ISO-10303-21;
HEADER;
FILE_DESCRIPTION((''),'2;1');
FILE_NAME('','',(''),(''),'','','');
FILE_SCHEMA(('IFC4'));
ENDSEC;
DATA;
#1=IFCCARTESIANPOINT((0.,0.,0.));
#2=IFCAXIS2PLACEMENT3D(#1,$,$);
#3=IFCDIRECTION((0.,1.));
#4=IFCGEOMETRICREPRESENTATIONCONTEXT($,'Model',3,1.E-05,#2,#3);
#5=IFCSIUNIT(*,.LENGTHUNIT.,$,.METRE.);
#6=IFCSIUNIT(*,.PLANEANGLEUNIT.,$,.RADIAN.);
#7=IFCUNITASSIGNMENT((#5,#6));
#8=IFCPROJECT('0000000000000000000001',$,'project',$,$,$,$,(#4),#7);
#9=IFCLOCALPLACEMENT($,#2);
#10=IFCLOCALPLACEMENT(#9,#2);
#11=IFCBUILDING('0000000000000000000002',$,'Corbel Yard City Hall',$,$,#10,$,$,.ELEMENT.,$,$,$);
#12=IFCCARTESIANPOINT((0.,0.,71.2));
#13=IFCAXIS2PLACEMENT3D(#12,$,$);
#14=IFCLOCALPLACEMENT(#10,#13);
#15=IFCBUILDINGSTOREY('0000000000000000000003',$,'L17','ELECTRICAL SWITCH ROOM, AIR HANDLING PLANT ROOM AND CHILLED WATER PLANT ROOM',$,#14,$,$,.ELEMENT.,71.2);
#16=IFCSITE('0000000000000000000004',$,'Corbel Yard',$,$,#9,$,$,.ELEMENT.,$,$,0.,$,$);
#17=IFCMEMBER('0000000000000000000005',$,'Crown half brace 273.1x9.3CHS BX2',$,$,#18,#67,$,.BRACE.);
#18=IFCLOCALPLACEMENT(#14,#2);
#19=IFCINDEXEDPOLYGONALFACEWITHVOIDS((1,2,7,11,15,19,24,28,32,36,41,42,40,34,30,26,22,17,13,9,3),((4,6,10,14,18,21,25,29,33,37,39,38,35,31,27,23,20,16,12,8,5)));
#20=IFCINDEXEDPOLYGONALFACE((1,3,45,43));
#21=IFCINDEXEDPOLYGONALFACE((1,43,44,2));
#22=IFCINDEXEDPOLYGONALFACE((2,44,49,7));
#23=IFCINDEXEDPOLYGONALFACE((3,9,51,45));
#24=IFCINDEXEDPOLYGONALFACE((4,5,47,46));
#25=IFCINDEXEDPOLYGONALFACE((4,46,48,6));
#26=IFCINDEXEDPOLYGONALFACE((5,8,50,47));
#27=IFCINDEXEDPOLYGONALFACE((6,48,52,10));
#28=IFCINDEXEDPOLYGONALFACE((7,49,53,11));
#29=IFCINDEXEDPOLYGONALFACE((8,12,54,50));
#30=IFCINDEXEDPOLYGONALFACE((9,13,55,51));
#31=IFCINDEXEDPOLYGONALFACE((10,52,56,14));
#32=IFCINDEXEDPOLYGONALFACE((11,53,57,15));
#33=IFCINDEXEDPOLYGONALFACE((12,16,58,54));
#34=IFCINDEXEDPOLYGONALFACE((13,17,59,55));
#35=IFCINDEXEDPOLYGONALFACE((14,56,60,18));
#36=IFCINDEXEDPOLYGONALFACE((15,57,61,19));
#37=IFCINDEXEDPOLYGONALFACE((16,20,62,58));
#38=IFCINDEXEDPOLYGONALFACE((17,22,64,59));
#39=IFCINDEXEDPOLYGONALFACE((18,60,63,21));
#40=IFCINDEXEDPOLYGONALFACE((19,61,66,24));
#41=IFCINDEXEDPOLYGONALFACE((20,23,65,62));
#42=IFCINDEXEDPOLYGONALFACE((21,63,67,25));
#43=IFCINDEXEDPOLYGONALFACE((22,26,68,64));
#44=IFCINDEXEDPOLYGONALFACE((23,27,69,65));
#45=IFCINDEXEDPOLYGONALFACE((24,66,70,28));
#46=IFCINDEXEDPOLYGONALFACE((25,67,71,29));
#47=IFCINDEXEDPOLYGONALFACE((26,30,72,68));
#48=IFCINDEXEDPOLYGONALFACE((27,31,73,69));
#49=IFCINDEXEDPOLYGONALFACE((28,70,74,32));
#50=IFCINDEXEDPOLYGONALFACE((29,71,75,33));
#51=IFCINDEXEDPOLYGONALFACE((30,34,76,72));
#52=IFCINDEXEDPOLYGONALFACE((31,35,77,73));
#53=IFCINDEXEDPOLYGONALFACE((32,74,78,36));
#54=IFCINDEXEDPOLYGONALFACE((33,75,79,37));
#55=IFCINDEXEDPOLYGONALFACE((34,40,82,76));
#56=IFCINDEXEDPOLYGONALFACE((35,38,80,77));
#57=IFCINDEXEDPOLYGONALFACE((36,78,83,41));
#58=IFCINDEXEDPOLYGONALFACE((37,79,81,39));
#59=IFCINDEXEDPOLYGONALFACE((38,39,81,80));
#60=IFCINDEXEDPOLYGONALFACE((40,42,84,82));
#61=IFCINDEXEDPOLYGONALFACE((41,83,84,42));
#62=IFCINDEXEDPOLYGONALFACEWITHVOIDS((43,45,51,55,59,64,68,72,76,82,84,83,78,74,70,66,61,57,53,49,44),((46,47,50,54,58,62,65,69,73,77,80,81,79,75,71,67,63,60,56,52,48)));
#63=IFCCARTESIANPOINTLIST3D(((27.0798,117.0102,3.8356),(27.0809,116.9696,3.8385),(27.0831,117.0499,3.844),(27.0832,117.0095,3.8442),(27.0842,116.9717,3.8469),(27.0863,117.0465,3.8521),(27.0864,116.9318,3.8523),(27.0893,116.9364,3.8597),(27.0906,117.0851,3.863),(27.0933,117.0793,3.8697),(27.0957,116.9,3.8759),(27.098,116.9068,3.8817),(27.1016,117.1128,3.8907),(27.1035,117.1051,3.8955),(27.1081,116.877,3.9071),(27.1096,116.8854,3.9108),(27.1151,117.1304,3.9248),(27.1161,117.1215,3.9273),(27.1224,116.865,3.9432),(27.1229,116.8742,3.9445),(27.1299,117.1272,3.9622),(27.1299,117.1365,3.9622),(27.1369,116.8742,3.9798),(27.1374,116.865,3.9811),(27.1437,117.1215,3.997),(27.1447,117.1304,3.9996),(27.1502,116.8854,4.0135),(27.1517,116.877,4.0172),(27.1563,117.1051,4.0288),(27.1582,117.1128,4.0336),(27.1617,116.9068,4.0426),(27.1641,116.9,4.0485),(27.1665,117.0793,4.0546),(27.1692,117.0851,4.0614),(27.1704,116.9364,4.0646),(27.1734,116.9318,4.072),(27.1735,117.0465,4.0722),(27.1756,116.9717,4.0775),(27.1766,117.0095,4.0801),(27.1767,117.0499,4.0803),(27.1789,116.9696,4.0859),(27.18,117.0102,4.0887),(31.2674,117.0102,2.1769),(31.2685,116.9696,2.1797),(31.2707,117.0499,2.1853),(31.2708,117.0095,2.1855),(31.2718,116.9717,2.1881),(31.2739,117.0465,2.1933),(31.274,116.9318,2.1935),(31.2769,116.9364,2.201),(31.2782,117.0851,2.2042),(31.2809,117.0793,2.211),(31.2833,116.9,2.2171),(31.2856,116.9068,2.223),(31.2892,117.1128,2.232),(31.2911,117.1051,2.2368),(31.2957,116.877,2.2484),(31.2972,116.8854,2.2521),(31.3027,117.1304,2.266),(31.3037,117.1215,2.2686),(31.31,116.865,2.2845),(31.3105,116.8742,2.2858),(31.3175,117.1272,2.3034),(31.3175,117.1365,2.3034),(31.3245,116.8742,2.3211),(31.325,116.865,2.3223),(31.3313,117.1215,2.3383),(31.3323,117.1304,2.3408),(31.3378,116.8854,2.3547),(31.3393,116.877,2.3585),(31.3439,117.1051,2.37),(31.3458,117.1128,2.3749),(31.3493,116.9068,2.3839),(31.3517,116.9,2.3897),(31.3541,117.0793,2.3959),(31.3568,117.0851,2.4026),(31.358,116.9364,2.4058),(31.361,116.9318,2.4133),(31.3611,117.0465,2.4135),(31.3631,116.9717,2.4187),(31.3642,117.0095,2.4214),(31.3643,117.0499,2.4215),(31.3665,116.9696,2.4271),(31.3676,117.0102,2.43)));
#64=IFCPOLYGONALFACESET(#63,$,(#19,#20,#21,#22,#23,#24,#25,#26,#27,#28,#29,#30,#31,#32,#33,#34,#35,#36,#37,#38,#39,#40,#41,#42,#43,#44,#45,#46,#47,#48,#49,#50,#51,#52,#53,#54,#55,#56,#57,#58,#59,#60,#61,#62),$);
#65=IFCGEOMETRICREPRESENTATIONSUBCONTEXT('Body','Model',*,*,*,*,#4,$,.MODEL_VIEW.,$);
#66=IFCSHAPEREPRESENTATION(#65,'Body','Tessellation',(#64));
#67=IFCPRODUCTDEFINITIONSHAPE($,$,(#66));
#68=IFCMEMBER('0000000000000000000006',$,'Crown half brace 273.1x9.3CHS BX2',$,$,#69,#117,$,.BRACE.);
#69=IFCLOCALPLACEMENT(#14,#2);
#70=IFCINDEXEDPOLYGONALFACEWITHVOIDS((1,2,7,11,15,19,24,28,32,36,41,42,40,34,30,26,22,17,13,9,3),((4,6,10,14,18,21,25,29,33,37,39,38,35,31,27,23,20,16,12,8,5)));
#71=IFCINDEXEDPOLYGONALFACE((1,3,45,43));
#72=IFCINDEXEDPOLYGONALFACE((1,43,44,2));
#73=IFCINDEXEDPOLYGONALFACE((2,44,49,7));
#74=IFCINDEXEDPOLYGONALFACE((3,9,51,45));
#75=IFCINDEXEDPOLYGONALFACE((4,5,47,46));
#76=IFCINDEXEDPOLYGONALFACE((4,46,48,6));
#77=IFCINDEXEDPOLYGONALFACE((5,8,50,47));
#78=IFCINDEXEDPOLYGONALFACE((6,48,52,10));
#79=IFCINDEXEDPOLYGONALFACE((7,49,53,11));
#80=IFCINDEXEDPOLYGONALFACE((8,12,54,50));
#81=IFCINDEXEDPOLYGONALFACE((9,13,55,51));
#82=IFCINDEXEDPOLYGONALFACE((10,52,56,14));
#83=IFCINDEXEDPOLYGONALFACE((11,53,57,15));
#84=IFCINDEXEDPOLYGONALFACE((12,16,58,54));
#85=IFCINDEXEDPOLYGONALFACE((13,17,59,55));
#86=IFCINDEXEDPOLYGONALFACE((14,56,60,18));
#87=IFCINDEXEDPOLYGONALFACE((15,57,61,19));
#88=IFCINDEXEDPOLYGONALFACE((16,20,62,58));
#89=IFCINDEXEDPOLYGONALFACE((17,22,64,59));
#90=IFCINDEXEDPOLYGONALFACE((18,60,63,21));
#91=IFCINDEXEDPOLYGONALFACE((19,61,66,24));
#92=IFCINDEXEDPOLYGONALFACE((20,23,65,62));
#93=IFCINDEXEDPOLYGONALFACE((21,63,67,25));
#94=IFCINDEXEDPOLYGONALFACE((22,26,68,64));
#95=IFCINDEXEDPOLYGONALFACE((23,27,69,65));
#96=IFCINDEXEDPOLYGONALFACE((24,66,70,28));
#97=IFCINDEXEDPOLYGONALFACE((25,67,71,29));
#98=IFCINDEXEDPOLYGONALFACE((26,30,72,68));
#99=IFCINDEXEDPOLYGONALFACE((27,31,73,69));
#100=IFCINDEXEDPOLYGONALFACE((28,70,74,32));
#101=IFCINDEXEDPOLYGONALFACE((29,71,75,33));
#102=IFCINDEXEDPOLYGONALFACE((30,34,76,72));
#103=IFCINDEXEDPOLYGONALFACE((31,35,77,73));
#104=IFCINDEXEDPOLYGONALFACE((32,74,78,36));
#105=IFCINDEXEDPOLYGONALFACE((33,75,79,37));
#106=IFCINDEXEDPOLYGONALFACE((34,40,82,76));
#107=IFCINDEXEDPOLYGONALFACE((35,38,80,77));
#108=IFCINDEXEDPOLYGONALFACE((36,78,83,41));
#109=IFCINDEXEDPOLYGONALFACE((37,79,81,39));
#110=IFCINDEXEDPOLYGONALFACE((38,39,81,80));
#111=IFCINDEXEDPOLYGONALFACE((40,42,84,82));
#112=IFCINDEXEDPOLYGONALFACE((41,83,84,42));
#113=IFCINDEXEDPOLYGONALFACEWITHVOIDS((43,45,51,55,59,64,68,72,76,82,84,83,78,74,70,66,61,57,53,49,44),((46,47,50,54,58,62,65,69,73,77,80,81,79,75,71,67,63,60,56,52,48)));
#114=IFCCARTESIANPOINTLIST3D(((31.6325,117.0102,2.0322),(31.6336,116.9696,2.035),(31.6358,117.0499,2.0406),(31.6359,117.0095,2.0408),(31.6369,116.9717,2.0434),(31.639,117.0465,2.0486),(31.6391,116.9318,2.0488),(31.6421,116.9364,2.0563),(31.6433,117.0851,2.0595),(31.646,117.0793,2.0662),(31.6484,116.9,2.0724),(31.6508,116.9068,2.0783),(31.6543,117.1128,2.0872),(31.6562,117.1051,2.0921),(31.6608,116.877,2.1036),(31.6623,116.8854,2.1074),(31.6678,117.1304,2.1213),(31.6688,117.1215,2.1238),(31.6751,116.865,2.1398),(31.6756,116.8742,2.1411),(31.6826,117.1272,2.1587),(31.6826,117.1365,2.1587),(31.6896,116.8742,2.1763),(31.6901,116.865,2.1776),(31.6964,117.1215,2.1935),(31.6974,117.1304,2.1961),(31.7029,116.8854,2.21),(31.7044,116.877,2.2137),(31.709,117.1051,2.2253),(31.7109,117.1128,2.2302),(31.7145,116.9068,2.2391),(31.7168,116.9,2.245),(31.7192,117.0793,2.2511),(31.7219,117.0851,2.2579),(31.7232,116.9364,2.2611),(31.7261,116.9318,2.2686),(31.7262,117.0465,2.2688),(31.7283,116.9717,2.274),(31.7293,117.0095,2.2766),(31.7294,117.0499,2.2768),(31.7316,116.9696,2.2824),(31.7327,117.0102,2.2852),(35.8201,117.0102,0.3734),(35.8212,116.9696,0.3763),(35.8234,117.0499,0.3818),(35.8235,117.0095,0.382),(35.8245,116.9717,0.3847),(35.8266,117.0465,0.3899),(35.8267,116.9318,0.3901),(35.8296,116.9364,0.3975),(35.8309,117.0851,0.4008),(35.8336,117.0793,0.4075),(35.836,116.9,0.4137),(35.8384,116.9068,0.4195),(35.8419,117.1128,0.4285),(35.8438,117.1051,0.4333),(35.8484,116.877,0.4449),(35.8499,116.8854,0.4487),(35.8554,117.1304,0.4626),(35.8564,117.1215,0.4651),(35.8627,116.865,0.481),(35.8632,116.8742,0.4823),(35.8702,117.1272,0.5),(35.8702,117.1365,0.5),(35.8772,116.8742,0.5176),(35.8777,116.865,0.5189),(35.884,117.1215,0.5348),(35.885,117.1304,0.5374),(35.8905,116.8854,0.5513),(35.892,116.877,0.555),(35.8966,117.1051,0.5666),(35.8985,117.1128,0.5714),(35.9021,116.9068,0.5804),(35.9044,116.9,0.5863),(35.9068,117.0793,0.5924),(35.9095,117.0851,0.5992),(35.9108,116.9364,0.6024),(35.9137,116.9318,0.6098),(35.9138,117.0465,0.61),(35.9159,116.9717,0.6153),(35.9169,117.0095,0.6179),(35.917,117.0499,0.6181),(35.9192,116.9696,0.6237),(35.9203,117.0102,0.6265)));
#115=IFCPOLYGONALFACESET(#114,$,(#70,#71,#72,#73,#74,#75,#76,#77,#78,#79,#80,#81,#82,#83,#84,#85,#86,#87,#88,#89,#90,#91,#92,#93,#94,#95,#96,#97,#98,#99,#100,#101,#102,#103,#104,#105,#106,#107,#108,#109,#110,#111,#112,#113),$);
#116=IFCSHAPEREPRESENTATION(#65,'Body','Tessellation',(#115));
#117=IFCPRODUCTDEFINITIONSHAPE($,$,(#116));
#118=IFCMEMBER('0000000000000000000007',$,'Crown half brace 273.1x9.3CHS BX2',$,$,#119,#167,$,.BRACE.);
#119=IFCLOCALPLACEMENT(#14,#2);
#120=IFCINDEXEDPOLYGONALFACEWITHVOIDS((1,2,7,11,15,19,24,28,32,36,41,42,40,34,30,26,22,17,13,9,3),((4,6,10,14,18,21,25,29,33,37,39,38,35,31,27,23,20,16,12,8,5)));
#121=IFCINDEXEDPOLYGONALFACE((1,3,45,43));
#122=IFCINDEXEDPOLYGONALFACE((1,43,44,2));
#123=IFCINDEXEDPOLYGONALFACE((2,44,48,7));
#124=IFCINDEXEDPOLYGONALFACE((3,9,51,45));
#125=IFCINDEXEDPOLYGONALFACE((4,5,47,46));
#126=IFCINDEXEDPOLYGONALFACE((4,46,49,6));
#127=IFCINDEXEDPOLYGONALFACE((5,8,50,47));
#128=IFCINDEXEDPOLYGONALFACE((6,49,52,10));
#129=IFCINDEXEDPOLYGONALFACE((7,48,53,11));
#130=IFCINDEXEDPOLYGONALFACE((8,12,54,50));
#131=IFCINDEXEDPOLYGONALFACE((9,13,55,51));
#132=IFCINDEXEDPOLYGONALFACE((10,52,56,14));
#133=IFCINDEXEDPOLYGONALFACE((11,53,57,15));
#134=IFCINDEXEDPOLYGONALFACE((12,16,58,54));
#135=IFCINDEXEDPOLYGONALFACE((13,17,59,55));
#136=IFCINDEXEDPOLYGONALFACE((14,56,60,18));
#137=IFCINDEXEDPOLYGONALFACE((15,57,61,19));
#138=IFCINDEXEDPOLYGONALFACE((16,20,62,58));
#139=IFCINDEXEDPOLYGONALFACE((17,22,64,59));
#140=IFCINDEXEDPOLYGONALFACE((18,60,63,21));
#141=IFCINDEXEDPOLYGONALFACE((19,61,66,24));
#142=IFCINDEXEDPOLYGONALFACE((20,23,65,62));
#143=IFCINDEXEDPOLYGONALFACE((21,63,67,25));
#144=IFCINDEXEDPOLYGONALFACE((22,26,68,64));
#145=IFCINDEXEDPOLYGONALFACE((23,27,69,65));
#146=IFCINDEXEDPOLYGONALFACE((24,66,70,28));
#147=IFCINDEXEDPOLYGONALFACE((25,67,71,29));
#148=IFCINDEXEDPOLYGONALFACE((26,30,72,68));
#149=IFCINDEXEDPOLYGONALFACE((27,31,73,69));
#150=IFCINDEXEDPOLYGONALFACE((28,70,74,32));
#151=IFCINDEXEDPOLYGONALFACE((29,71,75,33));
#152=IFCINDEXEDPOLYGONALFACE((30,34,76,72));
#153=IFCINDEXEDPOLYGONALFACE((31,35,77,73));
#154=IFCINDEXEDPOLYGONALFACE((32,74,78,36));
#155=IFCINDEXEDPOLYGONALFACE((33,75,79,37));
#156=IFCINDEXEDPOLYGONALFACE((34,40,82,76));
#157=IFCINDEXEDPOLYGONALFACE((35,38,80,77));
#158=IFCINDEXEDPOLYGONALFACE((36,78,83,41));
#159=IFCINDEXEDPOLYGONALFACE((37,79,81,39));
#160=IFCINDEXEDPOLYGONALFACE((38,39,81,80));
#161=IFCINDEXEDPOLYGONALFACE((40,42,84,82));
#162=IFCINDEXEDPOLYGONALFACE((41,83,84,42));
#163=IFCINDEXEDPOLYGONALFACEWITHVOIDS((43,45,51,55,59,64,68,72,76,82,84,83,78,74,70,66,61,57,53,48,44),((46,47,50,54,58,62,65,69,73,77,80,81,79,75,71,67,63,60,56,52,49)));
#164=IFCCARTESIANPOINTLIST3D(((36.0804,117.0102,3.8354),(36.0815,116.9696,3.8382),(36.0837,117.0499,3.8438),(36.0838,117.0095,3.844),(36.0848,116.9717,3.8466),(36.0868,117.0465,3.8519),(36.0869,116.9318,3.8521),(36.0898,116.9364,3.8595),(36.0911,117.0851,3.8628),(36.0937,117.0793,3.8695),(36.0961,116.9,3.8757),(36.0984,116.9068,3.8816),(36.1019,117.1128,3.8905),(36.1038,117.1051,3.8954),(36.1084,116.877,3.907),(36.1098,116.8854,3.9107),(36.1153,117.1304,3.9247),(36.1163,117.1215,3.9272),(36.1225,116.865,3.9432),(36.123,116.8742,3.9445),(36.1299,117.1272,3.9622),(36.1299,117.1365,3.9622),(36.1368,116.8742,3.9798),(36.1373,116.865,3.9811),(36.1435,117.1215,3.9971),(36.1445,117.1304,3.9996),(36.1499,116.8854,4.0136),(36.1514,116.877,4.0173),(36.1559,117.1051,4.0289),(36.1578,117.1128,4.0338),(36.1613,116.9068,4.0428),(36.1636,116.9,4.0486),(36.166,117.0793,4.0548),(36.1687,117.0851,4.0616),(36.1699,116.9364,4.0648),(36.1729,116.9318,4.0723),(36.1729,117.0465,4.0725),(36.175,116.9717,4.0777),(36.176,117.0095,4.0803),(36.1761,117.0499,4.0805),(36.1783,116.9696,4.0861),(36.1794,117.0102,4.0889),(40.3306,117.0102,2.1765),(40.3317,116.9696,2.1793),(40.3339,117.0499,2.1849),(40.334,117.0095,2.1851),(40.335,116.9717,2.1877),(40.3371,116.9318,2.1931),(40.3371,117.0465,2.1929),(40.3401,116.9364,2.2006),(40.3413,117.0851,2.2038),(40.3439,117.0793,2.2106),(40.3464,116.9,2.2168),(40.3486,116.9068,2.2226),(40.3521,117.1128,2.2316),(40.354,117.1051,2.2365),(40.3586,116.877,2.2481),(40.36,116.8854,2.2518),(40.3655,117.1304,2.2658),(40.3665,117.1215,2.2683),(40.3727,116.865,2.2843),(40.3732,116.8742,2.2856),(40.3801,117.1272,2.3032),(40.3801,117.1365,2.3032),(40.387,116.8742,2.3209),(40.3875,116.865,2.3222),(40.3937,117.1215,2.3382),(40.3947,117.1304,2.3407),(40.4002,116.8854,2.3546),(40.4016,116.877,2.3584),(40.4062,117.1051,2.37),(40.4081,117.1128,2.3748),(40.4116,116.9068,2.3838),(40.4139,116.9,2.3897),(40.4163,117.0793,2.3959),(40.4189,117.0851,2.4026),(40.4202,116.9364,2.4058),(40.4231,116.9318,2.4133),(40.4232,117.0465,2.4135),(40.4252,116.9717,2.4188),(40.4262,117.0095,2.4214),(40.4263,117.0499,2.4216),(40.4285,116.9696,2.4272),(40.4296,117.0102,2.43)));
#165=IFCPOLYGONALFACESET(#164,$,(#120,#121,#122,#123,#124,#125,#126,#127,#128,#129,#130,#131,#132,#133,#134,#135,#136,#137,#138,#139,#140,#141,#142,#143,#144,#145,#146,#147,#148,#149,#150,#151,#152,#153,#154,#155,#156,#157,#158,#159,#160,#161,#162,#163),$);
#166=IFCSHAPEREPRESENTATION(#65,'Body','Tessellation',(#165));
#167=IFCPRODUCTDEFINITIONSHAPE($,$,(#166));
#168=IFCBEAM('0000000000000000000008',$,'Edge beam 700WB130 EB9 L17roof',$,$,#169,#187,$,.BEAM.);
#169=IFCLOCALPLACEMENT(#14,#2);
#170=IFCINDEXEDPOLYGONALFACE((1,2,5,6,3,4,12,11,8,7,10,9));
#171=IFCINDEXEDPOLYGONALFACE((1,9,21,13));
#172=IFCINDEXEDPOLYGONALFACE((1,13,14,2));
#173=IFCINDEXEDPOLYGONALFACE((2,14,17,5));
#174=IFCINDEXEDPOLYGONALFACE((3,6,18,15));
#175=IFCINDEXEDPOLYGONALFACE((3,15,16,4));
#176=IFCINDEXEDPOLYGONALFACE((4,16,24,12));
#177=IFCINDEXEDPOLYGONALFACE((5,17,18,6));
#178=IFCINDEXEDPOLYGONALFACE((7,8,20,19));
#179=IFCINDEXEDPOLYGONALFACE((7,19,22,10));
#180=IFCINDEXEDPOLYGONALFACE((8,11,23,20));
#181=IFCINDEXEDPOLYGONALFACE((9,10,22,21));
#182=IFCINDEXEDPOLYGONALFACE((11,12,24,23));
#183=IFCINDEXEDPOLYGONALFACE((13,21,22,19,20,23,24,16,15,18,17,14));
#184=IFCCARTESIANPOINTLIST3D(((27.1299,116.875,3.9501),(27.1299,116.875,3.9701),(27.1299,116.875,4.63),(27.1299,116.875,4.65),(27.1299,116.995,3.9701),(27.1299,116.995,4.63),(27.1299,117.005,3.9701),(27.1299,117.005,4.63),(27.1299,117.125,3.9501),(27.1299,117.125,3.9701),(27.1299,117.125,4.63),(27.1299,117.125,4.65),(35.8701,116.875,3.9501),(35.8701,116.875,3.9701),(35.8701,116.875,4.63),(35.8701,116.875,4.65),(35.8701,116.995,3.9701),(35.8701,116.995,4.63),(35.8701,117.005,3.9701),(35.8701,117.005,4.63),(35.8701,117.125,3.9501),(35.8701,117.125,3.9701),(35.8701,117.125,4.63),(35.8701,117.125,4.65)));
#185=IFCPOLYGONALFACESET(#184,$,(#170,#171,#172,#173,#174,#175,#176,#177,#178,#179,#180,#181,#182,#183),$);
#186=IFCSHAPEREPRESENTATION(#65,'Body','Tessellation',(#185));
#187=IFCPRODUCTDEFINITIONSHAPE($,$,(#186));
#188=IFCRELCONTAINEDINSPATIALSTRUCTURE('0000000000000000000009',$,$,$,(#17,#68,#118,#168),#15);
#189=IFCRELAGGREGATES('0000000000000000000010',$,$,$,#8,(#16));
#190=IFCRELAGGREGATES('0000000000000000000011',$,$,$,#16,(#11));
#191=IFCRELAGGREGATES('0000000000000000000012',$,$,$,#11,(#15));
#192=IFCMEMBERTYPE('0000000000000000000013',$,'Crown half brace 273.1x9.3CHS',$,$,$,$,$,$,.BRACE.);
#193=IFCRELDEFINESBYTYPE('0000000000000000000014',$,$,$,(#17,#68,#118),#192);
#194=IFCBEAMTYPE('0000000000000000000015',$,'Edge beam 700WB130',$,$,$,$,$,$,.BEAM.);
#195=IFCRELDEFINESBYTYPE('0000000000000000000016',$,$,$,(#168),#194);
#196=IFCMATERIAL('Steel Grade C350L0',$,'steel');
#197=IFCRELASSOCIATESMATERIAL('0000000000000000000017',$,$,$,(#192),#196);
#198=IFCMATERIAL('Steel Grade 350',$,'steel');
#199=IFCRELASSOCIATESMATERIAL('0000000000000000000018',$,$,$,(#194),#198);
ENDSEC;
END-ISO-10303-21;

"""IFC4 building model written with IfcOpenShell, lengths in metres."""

from ifc_helpers import new_model, si_unit, direction, frame, origin, origin_2d, place, context, subcontext, project, spatial, hollow_circle, i_section, extrude, material, material_profile, profile_set, type_object, element, save


model = new_model("IFC4")

# Units and contexts
model_context = context("Model", 3, precision=1e-05, world=origin(), true_north=direction((0.0, 1.0)))
body_context = subcontext(model_context, "Body", "Model", "MODEL_VIEW")
ifc_project = project(units=[si_unit("LENGTHUNIT", "METRE"), si_unit("PLANEANGLEUNIT", "RADIAN")], contexts=[model_context])

# Site, building, storey
site_placement = place(None, origin())
site = spatial("IfcSite", under=ifc_project, at=site_placement, Name="Corbel Yard", CompositionType="ELEMENT", RefElevation=0.0)
building_placement = place(site_placement, origin())
building = spatial("IfcBuilding", under=site, at=building_placement, Name="Corbel Yard City Hall", CompositionType="ELEMENT")
storey_placement = place(building_placement, frame((0.0, 0.0, 71.2)))
storey = spatial("IfcBuildingStorey", under=building, at=storey_placement, Name="L17", Description="ELECTRICAL SWITCH ROOM, AIR HANDLING PLANT ROOM AND CHILLED WATER PLANT ROOM", CompositionType="ELEMENT", Elevation=71.2)

# Members
ifc_material_1 = material(Name="Steel Grade C350L0", Category="steel")
ifc_material_profile_1 = material_profile(ifc_material_1, hollow_circle(Radius=0.1365, WallThickness=0.0093, at=origin_2d()), Name="273.1x9.3CHS")
ifc_profile_set_1 = profile_set([ifc_material_profile_1], Name="Steel Grade C350L0")
member_type_1 = type_object("IfcMemberType", Name="Crown half brace 273.1x9.3CHS", PredefinedType="BRACE", material=ifc_profile_set_1)
for number, where, z_axis, x_axis, name in (
    (1, (27.1299, 117.0, 3.9622), (0.92972, 0.0, -0.368267), (0.0, 1.0, 0.0), "Crown half brace 273.1x9.3CHS BX2"),
    (2, (31.6826, 117.0, 2.1587), (0.92972, 0.0, -0.368267), (0.0, 1.0, 0.0), "Crown half brace 273.1x9.3CHS BX2"),
):
    element("IfcMember", number, at=place(storey_placement, frame(where, z_axis=z_axis, x_axis=x_axis)), inside=storey, type_object=member_type_1, Name=name, PredefinedType="BRACE", context=body_context, shape_type="SweptSolid", body=[
        extrude(hollow_circle(Radius=0.1365, WallThickness=0.0093, at=origin_2d()), origin(), (0.0, 0.0, 1.0), 4.5042),
    ])
member_1_placement = place(storey_placement, frame((36.1299, 117.0, 3.9622), z_axis=(0.931555, 0.0, -0.3636), x_axis=(0.0, 1.0, 0.0)))
element("IfcMember", 3, at=member_1_placement, inside=storey, type_object=member_type_1, Name="Crown half brace 273.1x9.3CHS BX2", PredefinedType="BRACE", context=body_context, shape_type="SweptSolid", body=[
    extrude(hollow_circle(Radius=0.1365, WallThickness=0.0093, at=origin_2d()), origin(), (0.0, 0.0, 1.0), 4.5625),
])

# Beam
ifc_material_2 = material(Name="Steel Grade 350", Category="steel")
ifc_material_profile_2 = material_profile(ifc_material_2, i_section(OverallWidth=0.25, OverallDepth=0.7, WebThickness=0.01, FlangeThickness=0.02, at=origin_2d()), Name="700WB130")
ifc_profile_set_2 = profile_set([ifc_material_profile_2], Name="Steel Grade 350")
beam_type_1 = type_object("IfcBeamType", Name="Edge beam 700WB130", PredefinedType="BEAM", material=ifc_profile_set_2)
beam_1_placement = place(storey_placement, frame((27.1299, 117.0, 4.3), z_axis=(1.0, 0.0, 0.0), x_axis=(0.0, 1.0, 0.0)))
element("IfcBeam", 4, at=beam_1_placement, inside=storey, type_object=beam_type_1, Name="Edge beam 700WB130 EB9 L17roof", PredefinedType="BEAM", context=body_context, shape_type="SweptSolid", body=[
    extrude(i_section(OverallWidth=0.25, OverallDepth=0.7, WebThickness=0.01, FlangeThickness=0.02, at=origin_2d()), origin(), (0.0, 0.0, 1.0), 8.7402),
])

save(model, "model.ifc")
